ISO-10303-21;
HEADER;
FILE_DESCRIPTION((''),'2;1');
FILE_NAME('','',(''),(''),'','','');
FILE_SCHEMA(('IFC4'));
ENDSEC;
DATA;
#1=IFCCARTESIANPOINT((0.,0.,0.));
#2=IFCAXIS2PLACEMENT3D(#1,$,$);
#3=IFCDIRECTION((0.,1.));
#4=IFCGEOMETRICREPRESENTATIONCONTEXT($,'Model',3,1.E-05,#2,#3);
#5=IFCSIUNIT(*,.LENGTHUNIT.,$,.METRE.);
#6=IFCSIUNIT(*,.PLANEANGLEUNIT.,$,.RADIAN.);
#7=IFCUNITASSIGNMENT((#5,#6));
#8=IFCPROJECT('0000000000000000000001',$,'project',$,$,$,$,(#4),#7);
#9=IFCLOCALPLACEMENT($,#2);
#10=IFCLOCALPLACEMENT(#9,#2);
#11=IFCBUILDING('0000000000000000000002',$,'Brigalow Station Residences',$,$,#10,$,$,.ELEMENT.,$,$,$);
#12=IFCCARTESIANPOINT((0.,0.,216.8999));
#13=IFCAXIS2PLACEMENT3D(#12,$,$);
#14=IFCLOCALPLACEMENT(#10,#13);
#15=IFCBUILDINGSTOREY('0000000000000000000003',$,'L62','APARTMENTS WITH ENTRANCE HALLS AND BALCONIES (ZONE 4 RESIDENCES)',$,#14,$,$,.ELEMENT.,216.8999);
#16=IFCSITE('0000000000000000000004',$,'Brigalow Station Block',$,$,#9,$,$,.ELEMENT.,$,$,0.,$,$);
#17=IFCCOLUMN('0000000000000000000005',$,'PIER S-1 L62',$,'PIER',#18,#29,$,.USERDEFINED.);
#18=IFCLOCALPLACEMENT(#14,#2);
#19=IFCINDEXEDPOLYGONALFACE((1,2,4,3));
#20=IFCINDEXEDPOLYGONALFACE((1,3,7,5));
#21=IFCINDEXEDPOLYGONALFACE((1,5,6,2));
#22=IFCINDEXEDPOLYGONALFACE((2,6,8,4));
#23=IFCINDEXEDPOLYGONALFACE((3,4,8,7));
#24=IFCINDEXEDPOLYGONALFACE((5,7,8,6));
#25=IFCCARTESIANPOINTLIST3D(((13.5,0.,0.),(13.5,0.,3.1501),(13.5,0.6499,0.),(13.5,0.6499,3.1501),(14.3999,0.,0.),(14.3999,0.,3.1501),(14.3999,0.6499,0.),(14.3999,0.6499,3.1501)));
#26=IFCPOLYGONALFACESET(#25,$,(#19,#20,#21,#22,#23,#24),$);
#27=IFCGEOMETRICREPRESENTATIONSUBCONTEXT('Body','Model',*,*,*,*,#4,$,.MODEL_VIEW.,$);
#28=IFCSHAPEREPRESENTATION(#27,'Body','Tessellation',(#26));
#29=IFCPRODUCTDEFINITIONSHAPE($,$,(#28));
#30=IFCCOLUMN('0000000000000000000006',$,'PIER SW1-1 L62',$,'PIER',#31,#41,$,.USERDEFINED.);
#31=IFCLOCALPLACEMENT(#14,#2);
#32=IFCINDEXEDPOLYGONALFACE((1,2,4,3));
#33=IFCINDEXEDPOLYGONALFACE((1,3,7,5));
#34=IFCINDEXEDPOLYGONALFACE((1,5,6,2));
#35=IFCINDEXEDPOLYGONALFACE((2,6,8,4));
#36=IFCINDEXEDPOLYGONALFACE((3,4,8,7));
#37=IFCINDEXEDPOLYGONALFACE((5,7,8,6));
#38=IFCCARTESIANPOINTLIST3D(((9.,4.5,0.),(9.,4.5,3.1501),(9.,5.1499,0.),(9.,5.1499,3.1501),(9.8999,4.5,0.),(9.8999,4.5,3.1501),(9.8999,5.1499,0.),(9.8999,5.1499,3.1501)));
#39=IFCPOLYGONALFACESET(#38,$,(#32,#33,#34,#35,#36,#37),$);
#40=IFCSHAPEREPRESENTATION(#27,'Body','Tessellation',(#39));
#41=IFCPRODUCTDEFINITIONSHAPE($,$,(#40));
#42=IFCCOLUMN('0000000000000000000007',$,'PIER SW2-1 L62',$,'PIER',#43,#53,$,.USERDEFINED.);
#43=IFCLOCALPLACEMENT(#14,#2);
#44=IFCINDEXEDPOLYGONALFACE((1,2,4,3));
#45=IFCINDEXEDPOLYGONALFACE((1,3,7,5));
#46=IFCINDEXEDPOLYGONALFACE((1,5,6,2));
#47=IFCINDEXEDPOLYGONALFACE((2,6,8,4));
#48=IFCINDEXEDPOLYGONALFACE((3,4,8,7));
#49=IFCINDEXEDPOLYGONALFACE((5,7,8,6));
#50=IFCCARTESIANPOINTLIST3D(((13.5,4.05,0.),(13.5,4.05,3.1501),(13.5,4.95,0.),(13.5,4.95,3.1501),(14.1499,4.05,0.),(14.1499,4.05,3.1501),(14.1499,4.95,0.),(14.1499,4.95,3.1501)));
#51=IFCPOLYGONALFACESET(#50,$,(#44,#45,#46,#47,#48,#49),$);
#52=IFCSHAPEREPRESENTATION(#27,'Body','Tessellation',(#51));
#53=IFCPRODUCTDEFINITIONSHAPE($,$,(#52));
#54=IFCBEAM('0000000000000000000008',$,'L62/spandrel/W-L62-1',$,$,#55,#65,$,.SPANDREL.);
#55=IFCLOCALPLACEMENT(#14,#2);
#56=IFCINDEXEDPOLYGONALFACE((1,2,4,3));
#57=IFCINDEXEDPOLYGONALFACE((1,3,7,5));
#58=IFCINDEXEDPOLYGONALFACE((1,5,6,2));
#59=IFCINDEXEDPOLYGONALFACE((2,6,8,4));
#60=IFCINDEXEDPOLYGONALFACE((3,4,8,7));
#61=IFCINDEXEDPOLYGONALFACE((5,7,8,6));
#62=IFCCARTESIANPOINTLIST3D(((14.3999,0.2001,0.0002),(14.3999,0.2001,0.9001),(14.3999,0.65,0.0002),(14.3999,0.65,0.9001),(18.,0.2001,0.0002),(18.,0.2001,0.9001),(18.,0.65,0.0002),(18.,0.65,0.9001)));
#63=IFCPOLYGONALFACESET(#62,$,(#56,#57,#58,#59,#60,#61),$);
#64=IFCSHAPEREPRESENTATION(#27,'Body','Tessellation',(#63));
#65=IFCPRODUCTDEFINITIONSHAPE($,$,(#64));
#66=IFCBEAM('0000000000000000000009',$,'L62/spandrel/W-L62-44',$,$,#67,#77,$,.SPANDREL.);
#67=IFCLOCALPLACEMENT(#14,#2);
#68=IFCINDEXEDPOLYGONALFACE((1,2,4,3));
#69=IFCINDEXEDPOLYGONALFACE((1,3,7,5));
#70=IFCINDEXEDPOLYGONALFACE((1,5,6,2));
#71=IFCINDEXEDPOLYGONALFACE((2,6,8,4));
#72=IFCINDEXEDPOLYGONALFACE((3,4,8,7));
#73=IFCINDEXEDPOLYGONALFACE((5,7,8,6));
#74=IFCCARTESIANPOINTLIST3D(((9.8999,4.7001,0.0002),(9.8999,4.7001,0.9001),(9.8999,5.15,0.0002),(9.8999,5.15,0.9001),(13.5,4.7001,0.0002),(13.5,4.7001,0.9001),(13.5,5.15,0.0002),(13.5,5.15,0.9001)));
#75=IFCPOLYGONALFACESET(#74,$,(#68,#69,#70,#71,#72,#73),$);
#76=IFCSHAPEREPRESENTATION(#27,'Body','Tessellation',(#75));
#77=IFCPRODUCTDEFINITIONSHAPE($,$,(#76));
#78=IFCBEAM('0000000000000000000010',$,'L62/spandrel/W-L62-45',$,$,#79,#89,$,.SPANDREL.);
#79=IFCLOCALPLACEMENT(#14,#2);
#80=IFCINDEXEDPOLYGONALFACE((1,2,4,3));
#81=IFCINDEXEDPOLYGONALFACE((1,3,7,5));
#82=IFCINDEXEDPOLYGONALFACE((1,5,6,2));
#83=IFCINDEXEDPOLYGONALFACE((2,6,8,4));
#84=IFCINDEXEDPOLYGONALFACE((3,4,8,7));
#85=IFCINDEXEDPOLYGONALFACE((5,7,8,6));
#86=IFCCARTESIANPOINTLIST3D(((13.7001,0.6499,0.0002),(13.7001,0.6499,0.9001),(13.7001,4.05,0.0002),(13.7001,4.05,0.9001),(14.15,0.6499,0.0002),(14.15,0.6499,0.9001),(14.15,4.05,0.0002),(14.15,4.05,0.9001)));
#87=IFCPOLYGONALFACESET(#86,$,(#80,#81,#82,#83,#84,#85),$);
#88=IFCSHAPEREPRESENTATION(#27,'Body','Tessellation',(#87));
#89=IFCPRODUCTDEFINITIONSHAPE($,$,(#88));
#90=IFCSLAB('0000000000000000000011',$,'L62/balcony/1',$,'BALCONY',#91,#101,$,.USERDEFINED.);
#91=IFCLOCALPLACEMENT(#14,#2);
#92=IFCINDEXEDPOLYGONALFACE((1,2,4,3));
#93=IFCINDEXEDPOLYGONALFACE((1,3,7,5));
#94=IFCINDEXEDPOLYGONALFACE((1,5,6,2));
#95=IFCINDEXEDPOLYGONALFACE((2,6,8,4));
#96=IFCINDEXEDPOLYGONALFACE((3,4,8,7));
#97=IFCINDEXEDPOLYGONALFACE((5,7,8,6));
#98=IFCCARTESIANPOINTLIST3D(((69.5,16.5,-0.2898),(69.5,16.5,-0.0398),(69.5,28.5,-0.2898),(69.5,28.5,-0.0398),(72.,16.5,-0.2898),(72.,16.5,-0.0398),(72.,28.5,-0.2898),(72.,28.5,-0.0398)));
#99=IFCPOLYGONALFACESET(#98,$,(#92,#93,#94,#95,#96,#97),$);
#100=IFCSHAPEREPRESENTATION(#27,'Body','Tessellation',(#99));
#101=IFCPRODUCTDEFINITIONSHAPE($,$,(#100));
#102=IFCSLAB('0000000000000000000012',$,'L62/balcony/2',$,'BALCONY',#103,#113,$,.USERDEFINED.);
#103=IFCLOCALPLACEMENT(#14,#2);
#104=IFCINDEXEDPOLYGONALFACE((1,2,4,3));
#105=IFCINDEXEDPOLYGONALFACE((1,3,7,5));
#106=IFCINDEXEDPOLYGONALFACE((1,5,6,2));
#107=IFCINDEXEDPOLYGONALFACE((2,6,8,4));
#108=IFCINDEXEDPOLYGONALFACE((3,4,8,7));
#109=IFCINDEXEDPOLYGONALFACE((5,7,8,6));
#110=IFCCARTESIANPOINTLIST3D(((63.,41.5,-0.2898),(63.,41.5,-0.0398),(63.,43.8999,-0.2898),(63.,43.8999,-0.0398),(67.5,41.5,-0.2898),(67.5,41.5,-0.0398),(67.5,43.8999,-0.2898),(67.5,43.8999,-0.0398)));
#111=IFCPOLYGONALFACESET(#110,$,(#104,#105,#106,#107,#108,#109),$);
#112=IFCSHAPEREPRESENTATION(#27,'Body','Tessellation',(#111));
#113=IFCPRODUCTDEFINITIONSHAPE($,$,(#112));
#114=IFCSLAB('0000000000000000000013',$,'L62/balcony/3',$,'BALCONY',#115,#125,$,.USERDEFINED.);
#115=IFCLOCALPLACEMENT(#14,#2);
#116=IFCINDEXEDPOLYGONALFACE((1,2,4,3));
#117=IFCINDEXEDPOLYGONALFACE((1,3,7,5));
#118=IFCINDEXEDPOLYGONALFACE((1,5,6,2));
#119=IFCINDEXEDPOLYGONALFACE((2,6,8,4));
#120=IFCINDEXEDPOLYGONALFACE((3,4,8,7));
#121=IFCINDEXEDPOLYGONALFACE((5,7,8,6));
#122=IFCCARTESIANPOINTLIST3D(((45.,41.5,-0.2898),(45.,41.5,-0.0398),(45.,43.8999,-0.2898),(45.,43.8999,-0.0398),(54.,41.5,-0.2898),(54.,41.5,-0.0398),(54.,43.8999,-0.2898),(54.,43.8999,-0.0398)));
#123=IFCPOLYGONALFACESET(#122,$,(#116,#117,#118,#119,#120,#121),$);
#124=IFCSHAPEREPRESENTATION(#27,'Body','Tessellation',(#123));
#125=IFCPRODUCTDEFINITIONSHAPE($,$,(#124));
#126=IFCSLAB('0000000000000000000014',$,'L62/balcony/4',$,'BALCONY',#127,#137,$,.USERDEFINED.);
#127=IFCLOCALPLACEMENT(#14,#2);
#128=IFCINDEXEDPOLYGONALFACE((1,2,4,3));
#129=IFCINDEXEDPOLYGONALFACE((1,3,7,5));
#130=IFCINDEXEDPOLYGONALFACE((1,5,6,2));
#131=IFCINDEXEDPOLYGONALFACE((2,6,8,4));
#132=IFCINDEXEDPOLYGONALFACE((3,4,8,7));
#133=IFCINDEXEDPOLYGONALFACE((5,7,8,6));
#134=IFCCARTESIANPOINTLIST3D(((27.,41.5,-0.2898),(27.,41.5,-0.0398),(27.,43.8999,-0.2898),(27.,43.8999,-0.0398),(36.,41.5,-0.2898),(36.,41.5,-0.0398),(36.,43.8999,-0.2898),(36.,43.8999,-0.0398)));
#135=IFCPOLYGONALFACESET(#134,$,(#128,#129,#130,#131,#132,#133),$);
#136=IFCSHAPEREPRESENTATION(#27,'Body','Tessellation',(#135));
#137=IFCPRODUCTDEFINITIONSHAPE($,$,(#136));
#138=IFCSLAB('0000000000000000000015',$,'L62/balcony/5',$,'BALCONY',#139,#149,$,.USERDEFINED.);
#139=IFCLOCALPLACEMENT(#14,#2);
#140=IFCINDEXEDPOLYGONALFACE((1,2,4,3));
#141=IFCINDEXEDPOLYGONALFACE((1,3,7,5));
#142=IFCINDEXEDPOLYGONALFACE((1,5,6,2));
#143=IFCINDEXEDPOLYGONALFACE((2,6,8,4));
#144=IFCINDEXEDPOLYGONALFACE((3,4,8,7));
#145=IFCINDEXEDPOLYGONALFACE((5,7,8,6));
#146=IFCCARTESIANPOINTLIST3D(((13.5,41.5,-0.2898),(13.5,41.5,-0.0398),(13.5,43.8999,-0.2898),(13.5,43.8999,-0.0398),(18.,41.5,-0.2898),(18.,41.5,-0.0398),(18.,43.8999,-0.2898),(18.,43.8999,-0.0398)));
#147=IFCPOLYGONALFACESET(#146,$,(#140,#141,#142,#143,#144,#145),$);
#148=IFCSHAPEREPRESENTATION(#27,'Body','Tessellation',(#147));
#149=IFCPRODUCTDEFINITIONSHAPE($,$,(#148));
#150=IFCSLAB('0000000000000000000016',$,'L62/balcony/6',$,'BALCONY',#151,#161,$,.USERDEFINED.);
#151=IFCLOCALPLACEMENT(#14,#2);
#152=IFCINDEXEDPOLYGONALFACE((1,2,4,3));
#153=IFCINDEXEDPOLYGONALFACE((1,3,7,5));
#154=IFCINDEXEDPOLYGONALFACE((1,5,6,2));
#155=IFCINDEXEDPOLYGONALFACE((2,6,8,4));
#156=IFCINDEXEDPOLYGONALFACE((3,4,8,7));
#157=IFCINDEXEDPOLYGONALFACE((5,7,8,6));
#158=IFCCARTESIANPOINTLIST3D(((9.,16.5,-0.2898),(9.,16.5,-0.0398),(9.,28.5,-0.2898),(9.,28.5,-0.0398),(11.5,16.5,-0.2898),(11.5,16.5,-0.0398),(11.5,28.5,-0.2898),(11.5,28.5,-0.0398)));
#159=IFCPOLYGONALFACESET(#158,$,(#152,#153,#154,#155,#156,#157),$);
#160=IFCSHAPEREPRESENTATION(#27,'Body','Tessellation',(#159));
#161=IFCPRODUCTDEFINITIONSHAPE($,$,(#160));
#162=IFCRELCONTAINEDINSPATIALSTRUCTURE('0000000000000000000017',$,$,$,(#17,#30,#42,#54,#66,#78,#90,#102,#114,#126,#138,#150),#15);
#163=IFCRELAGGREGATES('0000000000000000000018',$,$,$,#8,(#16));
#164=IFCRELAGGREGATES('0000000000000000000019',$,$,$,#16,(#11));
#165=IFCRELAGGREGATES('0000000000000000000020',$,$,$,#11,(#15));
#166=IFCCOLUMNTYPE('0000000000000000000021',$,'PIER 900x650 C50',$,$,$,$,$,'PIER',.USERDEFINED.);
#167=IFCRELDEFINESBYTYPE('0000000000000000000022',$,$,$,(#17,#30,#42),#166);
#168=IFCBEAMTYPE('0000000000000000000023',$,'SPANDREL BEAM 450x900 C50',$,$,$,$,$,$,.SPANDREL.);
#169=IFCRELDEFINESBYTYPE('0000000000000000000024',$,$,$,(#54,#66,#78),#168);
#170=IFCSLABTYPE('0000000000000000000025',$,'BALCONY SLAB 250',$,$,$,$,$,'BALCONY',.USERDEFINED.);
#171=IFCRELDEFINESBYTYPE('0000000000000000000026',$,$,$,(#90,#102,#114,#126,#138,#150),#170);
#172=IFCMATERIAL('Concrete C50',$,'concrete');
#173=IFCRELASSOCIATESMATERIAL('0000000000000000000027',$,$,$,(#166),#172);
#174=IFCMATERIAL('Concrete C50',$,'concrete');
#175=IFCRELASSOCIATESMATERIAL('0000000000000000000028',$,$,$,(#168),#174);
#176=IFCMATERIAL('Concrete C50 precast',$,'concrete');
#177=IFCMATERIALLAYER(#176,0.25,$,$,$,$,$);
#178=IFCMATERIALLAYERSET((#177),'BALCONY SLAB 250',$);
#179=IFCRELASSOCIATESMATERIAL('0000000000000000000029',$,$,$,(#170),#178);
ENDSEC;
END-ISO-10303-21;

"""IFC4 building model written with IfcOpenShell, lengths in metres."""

from ifc_helpers import new_model, si_unit, direction, frame, origin, origin_2d, place, context, subcontext, project, spatial, polyline, rectangle, outline, extrude, material, layer, layer_set, material_profile, profile_set, type_object, element, save


model = new_model("IFC4")

# Units and contexts
model_context = context("Model", 3, precision=1e-05, world=origin(), true_north=direction((0.0, 1.0)))
body_context = subcontext(model_context, "Body", "Model", "MODEL_VIEW")
ifc_project = project(units=[si_unit("LENGTHUNIT", "METRE"), si_unit("PLANEANGLEUNIT", "RADIAN")], contexts=[model_context])

# Site, building, storey
site_placement = place(None, origin())
site = spatial("IfcSite", under=ifc_project, at=site_placement, Name="Brigalow Station Block", CompositionType="ELEMENT", RefElevation=0.0)
building_placement = place(site_placement, origin())
building = spatial("IfcBuilding", under=site, at=building_placement, Name="Brigalow Station Residences", CompositionType="ELEMENT")
storey_placement = place(building_placement, frame((0.0, 0.0, 216.8999)))
storey = spatial("IfcBuildingStorey", under=building, at=storey_placement, Name="L62", Description="APARTMENTS WITH ENTRANCE HALLS AND BALCONIES (ZONE 4 RESIDENCES)", CompositionType="ELEMENT", Elevation=216.8999)

# Columns
ifc_material_1 = material(Name="Concrete C50", Category="concrete")
ifc_material_profile_1 = material_profile(ifc_material_1, rectangle(XDim=0.8999, YDim=0.6499, at=origin_2d()), Name="RC900x650")
ifc_profile_set_1 = profile_set([ifc_material_profile_1], Name="Concrete C50")
column_type = type_object("IfcColumnType", Name="PIER 900x650 C50", ElementType="PIER", PredefinedType="USERDEFINED", material=ifc_profile_set_1)
for number, where, z_axis, x_axis, name in (
    (1, (13.95, 0.325, 0.0), (0.0, 0.0, 1.0), (1.0, 0.0, 0.0), "PIER S-1 L62"),
    (2, (9.45, 4.825, 0.0), (0.0, 0.0, 1.0), (1.0, 0.0, 0.0), "PIER SW1-1 L62"),
    (3, (13.825, 4.5, 0.0), (0.0, 0.0, 1.0), (0.0, -1.0, 0.0), "PIER SW2-1 L62"),
):
    element("IfcColumn", number, at=place(storey_placement, frame(where, z_axis=z_axis, x_axis=x_axis)), inside=storey, type_object=column_type, Name=name, ObjectType="PIER", PredefinedType="USERDEFINED", context=body_context, shape_type="SweptSolid", body=[
        extrude(rectangle(XDim=0.8999, YDim=0.6499, at=origin_2d()), origin(), (0.0, 0.0, 1.0), 3.1501),
    ])

# Beams
ifc_material_2 = material(Name="Concrete C50", Category="concrete")
ifc_material_profile_2 = material_profile(ifc_material_2, rectangle(XDim=0.45, YDim=0.8999, at=origin_2d()), Name="RC450x900")
ifc_profile_set_2 = profile_set([ifc_material_profile_2], Name="Concrete C50")
beam_type = type_object("IfcBeamType", Name="SPANDREL BEAM 450x900 C50", PredefinedType="SPANDREL", material=ifc_profile_set_2)
for number, where, z_axis, x_axis, name in (
    (4, (14.3999, 0.425, 0.4502), (1.0, 0.0, 0.0), (0.0, 1.0, 0.0), "L62/spandrel/W-L62-1"),
    (5, (9.8999, 4.925, 0.4502), (1.0, 0.0, 0.0), (0.0, 1.0, 0.0), "L62/spandrel/W-L62-44"),
):
    element("IfcBeam", number, at=place(storey_placement, frame(where, z_axis=z_axis, x_axis=x_axis)), inside=storey, type_object=beam_type, Name=name, PredefinedType="SPANDREL", context=body_context, shape_type="SweptSolid", body=[
        extrude(rectangle(XDim=0.45, YDim=0.8999, at=origin_2d()), origin(), (0.0, 0.0, 1.0), 3.6001),
    ])
beam_placement = place(storey_placement, frame((13.925, 4.05, 0.4502), z_axis=(0.0, -1.0, 0.0), x_axis=(1.0, 0.0, 0.0)))
element("IfcBeam", 6, at=beam_placement, inside=storey, type_object=beam_type, Name="L62/spandrel/W-L62-45", PredefinedType="SPANDREL", context=body_context, shape_type="SweptSolid", body=[
    extrude(rectangle(XDim=0.45, YDim=0.8999, at=origin_2d()), origin(), (0.0, 0.0, 1.0), 3.4001),
])

# Slabs
ifc_material_3 = material(Name="Concrete C50 precast", Category="concrete")
ifc_layer_1 = layer(ifc_material_3, 0.25)
ifc_layer_set_1 = layer_set([ifc_layer_1], Name="BALCONY SLAB 250")
slab_type_1 = type_object("IfcSlabType", Name="BALCONY SLAB 250", ElementType="BALCONY", PredefinedType="USERDEFINED", material=ifc_layer_set_1)
slab_1_placement = place(storey_placement, frame((0.0, 0.0, -0.2898)))
element("IfcSlab", 7, at=slab_1_placement, inside=storey, type_object=slab_type_1, Name="L62/balcony/1", ObjectType="BALCONY", PredefinedType="USERDEFINED", context=body_context, shape_type="SweptSolid", body=[
    extrude(outline(polyline([(69.5, 16.5), (72.0, 16.5), (72.0, 28.5), (69.5, 28.5), (69.5, 16.5)])), origin(), (0.0, 0.0, 1.0), 0.25),
])
slab_2_placement = place(storey_placement, frame((0.0, 0.0, -0.2898)))
element("IfcSlab", 8, at=slab_2_placement, inside=storey, type_object=slab_type_1, Name="L62/balcony/2", ObjectType="BALCONY", PredefinedType="USERDEFINED", context=body_context, shape_type="SweptSolid", body=[
    extrude(outline(polyline([(67.5, 41.5), (67.5, 43.8999), (63.0, 43.8999), (63.0, 41.5), (67.5, 41.5)])), origin(), (0.0, 0.0, 1.0), 0.25),
])
slab_3_placement = place(storey_placement, frame((0.0, 0.0, -0.2898)))
element("IfcSlab", 9, at=slab_3_placement, inside=storey, type_object=slab_type_1, Name="L62/balcony/3", ObjectType="BALCONY", PredefinedType="USERDEFINED", context=body_context, shape_type="SweptSolid", body=[
    extrude(outline(polyline([(54.0, 41.5), (54.0, 43.8999), (45.0, 43.8999), (45.0, 41.5), (54.0, 41.5)])), origin(), (0.0, 0.0, 1.0), 0.25),
])
slab_4_placement = place(storey_placement, frame((0.0, 0.0, -0.2898)))
element("IfcSlab", 10, at=slab_4_placement, inside=storey, type_object=slab_type_1, Name="L62/balcony/4", ObjectType="BALCONY", PredefinedType="USERDEFINED", context=body_context, shape_type="SweptSolid", body=[
    extrude(outline(polyline([(36.0, 41.5), (36.0, 43.8999), (27.0, 43.8999), (27.0, 41.5), (36.0, 41.5)])), origin(), (0.0, 0.0, 1.0), 0.25),
])
slab_5_placement = place(storey_placement, frame((0.0, 0.0, -0.2898)))
element("IfcSlab", 11, at=slab_5_placement, inside=storey, type_object=slab_type_1, Name="L62/balcony/5", ObjectType="BALCONY", PredefinedType="USERDEFINED", context=body_context, shape_type="SweptSolid", body=[
    extrude(outline(polyline([(18.0, 41.5), (18.0, 43.8999), (13.5, 43.8999), (13.5, 41.5), (18.0, 41.5)])), origin(), (0.0, 0.0, 1.0), 0.25),
])
slab_6_placement = place(storey_placement, frame((0.0, 0.0, -0.2898)))
element("IfcSlab", 12, at=slab_6_placement, inside=storey, type_object=slab_type_1, Name="L62/balcony/6", ObjectType="BALCONY", PredefinedType="USERDEFINED", context=body_context, shape_type="SweptSolid", body=[
    extrude(outline(polyline([(11.5, 28.5), (9.0, 28.5), (9.0, 16.5), (11.5, 16.5), (11.5, 28.5)])), origin(), (0.0, 0.0, 1.0), 0.25),
])

save(model, "model.ifc")
